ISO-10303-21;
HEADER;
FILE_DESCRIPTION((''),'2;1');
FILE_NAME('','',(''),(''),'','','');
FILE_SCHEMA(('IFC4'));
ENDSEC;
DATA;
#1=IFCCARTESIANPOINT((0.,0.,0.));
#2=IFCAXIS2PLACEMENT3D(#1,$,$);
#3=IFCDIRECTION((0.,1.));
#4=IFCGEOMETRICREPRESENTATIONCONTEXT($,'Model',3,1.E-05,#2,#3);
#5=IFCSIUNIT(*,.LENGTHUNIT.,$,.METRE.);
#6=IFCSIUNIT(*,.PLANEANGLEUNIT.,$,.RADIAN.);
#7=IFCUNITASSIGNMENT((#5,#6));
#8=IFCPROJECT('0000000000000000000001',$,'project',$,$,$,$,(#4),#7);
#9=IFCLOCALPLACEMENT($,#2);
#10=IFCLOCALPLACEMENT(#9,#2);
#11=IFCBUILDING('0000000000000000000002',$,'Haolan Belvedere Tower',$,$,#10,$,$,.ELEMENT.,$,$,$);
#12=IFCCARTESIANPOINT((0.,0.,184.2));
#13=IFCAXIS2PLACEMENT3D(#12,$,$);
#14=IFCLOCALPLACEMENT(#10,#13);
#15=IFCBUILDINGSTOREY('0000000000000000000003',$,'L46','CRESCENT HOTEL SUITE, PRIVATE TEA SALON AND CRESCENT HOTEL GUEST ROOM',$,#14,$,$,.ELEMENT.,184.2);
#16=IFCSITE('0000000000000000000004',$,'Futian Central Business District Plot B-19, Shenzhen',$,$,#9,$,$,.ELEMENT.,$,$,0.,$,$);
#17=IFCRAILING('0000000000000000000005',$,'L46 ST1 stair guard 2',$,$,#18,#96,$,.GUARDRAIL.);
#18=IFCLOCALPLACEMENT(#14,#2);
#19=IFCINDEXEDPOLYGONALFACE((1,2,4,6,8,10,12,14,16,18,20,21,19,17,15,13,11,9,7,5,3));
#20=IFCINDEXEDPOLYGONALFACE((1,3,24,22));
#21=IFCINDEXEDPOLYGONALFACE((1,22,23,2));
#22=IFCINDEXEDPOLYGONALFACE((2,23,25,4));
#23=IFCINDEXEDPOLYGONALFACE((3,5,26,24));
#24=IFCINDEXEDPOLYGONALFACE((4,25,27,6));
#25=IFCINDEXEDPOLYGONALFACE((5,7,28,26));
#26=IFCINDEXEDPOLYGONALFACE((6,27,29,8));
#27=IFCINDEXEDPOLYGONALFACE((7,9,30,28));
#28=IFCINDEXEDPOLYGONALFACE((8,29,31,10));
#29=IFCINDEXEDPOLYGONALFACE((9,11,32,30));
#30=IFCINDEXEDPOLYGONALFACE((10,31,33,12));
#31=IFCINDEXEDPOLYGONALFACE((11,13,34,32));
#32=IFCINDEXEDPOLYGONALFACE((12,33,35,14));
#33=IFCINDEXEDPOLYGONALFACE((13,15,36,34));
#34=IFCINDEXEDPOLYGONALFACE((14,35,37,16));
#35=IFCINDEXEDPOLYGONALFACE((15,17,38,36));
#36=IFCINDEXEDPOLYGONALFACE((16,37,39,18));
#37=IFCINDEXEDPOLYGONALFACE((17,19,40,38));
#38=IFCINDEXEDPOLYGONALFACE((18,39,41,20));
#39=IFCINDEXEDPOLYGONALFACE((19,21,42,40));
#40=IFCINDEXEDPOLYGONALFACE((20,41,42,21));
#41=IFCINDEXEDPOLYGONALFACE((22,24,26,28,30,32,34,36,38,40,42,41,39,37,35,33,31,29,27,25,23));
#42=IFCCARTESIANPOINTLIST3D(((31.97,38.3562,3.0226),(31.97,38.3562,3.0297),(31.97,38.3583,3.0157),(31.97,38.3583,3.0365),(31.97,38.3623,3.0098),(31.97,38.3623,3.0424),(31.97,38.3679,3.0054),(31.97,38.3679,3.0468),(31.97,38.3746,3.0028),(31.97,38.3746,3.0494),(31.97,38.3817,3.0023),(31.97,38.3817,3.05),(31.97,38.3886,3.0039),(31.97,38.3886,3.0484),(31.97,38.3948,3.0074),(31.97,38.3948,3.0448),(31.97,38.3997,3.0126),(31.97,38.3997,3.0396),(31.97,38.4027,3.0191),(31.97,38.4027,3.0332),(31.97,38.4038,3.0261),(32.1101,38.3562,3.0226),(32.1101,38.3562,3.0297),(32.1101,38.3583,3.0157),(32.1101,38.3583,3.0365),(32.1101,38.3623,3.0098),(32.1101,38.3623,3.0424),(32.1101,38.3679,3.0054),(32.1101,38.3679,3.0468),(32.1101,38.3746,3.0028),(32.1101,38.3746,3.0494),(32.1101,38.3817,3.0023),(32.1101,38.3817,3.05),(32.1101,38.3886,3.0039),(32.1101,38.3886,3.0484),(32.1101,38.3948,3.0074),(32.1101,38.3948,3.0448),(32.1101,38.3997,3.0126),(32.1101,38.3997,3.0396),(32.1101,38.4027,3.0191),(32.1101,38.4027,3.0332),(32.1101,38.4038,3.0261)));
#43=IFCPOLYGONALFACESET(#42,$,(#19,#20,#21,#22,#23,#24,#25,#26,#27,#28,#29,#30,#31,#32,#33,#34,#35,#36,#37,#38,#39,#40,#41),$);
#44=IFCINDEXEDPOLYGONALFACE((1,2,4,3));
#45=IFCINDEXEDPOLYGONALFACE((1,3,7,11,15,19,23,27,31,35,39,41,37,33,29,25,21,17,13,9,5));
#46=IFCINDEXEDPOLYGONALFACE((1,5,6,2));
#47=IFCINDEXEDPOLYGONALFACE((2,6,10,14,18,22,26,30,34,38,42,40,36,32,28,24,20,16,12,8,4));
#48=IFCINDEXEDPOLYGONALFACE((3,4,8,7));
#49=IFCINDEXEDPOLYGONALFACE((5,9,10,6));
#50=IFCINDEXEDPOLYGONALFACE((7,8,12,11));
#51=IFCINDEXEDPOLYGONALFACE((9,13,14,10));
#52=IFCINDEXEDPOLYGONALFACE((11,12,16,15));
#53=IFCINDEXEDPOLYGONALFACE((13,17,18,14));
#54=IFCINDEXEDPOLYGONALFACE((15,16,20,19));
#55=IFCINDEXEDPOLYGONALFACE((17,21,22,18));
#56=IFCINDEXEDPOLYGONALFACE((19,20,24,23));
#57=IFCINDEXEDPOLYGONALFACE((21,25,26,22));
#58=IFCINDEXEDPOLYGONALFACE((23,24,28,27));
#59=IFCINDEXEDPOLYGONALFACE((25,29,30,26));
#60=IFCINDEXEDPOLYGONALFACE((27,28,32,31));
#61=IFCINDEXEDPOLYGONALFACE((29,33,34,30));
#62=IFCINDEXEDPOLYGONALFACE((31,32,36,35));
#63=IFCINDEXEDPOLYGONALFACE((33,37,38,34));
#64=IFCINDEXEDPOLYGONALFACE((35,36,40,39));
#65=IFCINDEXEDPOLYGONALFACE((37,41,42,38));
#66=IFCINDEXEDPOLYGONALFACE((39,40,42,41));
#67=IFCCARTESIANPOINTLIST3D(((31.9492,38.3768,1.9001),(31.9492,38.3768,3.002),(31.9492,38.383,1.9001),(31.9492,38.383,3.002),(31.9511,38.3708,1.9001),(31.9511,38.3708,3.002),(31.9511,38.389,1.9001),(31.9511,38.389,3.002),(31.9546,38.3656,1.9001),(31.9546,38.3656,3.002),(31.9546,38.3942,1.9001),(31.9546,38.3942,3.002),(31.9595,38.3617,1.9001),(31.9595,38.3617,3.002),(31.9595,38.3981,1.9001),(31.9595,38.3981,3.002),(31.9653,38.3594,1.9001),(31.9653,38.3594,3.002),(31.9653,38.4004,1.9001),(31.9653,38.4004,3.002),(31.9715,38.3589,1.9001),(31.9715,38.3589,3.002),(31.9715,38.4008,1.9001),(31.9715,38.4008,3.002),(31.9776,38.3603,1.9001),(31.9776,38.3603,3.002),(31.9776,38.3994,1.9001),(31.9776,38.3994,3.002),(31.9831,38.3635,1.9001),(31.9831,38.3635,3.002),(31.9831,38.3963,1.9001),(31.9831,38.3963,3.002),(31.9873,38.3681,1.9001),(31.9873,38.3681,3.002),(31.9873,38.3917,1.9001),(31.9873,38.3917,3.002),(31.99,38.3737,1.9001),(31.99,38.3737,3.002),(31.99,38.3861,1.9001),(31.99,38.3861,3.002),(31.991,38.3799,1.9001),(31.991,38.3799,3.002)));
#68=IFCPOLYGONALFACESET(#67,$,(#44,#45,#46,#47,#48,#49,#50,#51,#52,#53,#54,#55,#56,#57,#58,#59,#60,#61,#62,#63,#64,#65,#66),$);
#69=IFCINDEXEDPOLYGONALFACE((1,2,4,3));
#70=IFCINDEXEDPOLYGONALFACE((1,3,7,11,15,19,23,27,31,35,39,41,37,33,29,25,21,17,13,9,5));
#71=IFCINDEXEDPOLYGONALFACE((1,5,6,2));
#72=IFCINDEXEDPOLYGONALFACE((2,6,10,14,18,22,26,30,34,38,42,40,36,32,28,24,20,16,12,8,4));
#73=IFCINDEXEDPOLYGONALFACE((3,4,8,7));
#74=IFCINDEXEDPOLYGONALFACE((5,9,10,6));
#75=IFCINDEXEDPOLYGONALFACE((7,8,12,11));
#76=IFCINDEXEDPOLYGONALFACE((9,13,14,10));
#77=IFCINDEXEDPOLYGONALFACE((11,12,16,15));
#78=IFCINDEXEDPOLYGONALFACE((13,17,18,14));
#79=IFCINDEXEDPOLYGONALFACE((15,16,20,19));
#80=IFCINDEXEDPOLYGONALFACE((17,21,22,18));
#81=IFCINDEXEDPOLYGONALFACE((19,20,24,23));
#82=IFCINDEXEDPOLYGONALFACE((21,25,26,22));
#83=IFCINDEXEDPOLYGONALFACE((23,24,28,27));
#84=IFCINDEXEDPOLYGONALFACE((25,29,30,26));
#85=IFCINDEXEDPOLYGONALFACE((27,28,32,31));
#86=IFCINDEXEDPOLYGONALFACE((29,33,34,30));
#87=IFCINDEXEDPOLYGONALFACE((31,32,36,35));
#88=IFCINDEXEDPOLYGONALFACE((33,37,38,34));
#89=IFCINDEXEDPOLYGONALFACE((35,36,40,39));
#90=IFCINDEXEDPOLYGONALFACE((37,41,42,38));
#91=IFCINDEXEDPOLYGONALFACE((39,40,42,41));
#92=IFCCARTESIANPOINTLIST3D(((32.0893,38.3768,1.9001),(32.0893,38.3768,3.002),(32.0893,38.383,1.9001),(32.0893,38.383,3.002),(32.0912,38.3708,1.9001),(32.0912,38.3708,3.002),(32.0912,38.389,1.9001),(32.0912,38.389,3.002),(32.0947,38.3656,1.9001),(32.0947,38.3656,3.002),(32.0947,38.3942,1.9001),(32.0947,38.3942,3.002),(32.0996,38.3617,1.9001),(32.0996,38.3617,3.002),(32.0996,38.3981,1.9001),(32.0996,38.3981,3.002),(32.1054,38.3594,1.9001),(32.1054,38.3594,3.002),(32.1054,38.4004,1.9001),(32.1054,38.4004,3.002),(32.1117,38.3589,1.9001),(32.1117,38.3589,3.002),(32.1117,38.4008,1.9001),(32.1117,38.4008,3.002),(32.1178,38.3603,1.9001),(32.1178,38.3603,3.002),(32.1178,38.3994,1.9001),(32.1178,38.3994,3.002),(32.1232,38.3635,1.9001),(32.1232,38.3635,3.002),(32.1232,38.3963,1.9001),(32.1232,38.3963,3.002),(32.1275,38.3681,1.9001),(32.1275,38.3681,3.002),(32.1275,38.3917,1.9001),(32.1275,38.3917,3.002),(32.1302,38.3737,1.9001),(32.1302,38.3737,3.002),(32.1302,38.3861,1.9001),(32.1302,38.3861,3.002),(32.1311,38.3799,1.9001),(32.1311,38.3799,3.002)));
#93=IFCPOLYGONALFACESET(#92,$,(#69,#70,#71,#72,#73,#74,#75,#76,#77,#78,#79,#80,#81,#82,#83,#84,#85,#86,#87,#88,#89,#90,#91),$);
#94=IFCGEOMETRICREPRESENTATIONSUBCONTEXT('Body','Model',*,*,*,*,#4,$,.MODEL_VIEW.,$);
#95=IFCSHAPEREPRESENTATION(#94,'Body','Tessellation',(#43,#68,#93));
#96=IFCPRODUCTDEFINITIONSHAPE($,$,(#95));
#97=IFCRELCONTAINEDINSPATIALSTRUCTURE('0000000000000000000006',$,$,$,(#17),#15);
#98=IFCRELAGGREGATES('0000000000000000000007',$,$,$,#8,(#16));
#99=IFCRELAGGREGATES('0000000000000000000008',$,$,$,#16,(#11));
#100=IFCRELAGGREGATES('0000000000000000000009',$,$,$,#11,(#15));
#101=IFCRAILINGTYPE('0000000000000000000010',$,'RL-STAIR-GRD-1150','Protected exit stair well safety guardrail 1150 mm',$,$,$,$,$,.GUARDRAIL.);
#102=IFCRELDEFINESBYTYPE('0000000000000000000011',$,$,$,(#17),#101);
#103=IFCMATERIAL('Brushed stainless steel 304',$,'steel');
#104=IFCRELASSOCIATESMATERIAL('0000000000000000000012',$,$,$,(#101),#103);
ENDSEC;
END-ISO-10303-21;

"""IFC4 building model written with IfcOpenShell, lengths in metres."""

from ifc_helpers import new_model, si_unit, direction, frame, origin, origin_2d, place, context, subcontext, project, spatial, circle, extrude, material, type_object, element, save


model = new_model("IFC4")

# Units and contexts
model_context = context("Model", 3, precision=1e-05, world=origin(), true_north=direction((0.0, 1.0)))
body_context = subcontext(model_context, "Body", "Model", "MODEL_VIEW")
ifc_project = project(units=[si_unit("LENGTHUNIT", "METRE"), si_unit("PLANEANGLEUNIT", "RADIAN")], contexts=[model_context])

# Site, building, storey
site_placement = place(None, origin())
site = spatial("IfcSite", under=ifc_project, at=site_placement, Name="Futian Central Business District Plot B-19, Shenzhen", CompositionType="ELEMENT", RefElevation=0.0)
building_placement = place(site_placement, origin())
building = spatial("IfcBuilding", under=site, at=building_placement, Name="Haolan Belvedere Tower", CompositionType="ELEMENT")
storey_placement = place(building_placement, frame((0.0, 0.0, 184.2)))
storey = spatial("IfcBuildingStorey", under=building, at=storey_placement, Name="L46", Description="CRESCENT HOTEL SUITE, PRIVATE TEA SALON AND CRESCENT HOTEL GUEST ROOM", CompositionType="ELEMENT", Elevation=184.2)

# Railing
ifc_material_1 = material(Name="Brushed stainless steel 304", Category="steel")
railing_type_1 = type_object("IfcRailingType", Name="RL-STAIR-GRD-1150", Description="Protected exit stair well safety guardrail 1150 mm", PredefinedType="GUARDRAIL", material=ifc_material_1)
railing_1_placement = place(storey_placement, frame((31.97, 38.3799, 1.9001)))
element("IfcRailing", 1, at=railing_1_placement, inside=storey, type_object=railing_type_1, Name="L46 ST1 stair guard 2", PredefinedType="GUARDRAIL", context=body_context, shape_type="SweptSolid", body=[
    extrude(circle(Radius=0.0239, at=origin_2d()), frame((0.0, 0.0, 1.126), z_axis=(1.0, 0.0, 0.0), x_axis=(0.0, 1.0, 0.0)), (0.0, 0.0, 1.0), 0.1401),
    extrude(circle(Radius=0.021, at=origin_2d()), origin(), (0.0, 0.0, 1.0), 1.1018),
    extrude(circle(Radius=0.021, at=origin_2d()), frame((0.1401, 0.0, 0.0)), (0.0, 0.0, 1.0), 1.1018),
])

save(model, "model.ifc")
